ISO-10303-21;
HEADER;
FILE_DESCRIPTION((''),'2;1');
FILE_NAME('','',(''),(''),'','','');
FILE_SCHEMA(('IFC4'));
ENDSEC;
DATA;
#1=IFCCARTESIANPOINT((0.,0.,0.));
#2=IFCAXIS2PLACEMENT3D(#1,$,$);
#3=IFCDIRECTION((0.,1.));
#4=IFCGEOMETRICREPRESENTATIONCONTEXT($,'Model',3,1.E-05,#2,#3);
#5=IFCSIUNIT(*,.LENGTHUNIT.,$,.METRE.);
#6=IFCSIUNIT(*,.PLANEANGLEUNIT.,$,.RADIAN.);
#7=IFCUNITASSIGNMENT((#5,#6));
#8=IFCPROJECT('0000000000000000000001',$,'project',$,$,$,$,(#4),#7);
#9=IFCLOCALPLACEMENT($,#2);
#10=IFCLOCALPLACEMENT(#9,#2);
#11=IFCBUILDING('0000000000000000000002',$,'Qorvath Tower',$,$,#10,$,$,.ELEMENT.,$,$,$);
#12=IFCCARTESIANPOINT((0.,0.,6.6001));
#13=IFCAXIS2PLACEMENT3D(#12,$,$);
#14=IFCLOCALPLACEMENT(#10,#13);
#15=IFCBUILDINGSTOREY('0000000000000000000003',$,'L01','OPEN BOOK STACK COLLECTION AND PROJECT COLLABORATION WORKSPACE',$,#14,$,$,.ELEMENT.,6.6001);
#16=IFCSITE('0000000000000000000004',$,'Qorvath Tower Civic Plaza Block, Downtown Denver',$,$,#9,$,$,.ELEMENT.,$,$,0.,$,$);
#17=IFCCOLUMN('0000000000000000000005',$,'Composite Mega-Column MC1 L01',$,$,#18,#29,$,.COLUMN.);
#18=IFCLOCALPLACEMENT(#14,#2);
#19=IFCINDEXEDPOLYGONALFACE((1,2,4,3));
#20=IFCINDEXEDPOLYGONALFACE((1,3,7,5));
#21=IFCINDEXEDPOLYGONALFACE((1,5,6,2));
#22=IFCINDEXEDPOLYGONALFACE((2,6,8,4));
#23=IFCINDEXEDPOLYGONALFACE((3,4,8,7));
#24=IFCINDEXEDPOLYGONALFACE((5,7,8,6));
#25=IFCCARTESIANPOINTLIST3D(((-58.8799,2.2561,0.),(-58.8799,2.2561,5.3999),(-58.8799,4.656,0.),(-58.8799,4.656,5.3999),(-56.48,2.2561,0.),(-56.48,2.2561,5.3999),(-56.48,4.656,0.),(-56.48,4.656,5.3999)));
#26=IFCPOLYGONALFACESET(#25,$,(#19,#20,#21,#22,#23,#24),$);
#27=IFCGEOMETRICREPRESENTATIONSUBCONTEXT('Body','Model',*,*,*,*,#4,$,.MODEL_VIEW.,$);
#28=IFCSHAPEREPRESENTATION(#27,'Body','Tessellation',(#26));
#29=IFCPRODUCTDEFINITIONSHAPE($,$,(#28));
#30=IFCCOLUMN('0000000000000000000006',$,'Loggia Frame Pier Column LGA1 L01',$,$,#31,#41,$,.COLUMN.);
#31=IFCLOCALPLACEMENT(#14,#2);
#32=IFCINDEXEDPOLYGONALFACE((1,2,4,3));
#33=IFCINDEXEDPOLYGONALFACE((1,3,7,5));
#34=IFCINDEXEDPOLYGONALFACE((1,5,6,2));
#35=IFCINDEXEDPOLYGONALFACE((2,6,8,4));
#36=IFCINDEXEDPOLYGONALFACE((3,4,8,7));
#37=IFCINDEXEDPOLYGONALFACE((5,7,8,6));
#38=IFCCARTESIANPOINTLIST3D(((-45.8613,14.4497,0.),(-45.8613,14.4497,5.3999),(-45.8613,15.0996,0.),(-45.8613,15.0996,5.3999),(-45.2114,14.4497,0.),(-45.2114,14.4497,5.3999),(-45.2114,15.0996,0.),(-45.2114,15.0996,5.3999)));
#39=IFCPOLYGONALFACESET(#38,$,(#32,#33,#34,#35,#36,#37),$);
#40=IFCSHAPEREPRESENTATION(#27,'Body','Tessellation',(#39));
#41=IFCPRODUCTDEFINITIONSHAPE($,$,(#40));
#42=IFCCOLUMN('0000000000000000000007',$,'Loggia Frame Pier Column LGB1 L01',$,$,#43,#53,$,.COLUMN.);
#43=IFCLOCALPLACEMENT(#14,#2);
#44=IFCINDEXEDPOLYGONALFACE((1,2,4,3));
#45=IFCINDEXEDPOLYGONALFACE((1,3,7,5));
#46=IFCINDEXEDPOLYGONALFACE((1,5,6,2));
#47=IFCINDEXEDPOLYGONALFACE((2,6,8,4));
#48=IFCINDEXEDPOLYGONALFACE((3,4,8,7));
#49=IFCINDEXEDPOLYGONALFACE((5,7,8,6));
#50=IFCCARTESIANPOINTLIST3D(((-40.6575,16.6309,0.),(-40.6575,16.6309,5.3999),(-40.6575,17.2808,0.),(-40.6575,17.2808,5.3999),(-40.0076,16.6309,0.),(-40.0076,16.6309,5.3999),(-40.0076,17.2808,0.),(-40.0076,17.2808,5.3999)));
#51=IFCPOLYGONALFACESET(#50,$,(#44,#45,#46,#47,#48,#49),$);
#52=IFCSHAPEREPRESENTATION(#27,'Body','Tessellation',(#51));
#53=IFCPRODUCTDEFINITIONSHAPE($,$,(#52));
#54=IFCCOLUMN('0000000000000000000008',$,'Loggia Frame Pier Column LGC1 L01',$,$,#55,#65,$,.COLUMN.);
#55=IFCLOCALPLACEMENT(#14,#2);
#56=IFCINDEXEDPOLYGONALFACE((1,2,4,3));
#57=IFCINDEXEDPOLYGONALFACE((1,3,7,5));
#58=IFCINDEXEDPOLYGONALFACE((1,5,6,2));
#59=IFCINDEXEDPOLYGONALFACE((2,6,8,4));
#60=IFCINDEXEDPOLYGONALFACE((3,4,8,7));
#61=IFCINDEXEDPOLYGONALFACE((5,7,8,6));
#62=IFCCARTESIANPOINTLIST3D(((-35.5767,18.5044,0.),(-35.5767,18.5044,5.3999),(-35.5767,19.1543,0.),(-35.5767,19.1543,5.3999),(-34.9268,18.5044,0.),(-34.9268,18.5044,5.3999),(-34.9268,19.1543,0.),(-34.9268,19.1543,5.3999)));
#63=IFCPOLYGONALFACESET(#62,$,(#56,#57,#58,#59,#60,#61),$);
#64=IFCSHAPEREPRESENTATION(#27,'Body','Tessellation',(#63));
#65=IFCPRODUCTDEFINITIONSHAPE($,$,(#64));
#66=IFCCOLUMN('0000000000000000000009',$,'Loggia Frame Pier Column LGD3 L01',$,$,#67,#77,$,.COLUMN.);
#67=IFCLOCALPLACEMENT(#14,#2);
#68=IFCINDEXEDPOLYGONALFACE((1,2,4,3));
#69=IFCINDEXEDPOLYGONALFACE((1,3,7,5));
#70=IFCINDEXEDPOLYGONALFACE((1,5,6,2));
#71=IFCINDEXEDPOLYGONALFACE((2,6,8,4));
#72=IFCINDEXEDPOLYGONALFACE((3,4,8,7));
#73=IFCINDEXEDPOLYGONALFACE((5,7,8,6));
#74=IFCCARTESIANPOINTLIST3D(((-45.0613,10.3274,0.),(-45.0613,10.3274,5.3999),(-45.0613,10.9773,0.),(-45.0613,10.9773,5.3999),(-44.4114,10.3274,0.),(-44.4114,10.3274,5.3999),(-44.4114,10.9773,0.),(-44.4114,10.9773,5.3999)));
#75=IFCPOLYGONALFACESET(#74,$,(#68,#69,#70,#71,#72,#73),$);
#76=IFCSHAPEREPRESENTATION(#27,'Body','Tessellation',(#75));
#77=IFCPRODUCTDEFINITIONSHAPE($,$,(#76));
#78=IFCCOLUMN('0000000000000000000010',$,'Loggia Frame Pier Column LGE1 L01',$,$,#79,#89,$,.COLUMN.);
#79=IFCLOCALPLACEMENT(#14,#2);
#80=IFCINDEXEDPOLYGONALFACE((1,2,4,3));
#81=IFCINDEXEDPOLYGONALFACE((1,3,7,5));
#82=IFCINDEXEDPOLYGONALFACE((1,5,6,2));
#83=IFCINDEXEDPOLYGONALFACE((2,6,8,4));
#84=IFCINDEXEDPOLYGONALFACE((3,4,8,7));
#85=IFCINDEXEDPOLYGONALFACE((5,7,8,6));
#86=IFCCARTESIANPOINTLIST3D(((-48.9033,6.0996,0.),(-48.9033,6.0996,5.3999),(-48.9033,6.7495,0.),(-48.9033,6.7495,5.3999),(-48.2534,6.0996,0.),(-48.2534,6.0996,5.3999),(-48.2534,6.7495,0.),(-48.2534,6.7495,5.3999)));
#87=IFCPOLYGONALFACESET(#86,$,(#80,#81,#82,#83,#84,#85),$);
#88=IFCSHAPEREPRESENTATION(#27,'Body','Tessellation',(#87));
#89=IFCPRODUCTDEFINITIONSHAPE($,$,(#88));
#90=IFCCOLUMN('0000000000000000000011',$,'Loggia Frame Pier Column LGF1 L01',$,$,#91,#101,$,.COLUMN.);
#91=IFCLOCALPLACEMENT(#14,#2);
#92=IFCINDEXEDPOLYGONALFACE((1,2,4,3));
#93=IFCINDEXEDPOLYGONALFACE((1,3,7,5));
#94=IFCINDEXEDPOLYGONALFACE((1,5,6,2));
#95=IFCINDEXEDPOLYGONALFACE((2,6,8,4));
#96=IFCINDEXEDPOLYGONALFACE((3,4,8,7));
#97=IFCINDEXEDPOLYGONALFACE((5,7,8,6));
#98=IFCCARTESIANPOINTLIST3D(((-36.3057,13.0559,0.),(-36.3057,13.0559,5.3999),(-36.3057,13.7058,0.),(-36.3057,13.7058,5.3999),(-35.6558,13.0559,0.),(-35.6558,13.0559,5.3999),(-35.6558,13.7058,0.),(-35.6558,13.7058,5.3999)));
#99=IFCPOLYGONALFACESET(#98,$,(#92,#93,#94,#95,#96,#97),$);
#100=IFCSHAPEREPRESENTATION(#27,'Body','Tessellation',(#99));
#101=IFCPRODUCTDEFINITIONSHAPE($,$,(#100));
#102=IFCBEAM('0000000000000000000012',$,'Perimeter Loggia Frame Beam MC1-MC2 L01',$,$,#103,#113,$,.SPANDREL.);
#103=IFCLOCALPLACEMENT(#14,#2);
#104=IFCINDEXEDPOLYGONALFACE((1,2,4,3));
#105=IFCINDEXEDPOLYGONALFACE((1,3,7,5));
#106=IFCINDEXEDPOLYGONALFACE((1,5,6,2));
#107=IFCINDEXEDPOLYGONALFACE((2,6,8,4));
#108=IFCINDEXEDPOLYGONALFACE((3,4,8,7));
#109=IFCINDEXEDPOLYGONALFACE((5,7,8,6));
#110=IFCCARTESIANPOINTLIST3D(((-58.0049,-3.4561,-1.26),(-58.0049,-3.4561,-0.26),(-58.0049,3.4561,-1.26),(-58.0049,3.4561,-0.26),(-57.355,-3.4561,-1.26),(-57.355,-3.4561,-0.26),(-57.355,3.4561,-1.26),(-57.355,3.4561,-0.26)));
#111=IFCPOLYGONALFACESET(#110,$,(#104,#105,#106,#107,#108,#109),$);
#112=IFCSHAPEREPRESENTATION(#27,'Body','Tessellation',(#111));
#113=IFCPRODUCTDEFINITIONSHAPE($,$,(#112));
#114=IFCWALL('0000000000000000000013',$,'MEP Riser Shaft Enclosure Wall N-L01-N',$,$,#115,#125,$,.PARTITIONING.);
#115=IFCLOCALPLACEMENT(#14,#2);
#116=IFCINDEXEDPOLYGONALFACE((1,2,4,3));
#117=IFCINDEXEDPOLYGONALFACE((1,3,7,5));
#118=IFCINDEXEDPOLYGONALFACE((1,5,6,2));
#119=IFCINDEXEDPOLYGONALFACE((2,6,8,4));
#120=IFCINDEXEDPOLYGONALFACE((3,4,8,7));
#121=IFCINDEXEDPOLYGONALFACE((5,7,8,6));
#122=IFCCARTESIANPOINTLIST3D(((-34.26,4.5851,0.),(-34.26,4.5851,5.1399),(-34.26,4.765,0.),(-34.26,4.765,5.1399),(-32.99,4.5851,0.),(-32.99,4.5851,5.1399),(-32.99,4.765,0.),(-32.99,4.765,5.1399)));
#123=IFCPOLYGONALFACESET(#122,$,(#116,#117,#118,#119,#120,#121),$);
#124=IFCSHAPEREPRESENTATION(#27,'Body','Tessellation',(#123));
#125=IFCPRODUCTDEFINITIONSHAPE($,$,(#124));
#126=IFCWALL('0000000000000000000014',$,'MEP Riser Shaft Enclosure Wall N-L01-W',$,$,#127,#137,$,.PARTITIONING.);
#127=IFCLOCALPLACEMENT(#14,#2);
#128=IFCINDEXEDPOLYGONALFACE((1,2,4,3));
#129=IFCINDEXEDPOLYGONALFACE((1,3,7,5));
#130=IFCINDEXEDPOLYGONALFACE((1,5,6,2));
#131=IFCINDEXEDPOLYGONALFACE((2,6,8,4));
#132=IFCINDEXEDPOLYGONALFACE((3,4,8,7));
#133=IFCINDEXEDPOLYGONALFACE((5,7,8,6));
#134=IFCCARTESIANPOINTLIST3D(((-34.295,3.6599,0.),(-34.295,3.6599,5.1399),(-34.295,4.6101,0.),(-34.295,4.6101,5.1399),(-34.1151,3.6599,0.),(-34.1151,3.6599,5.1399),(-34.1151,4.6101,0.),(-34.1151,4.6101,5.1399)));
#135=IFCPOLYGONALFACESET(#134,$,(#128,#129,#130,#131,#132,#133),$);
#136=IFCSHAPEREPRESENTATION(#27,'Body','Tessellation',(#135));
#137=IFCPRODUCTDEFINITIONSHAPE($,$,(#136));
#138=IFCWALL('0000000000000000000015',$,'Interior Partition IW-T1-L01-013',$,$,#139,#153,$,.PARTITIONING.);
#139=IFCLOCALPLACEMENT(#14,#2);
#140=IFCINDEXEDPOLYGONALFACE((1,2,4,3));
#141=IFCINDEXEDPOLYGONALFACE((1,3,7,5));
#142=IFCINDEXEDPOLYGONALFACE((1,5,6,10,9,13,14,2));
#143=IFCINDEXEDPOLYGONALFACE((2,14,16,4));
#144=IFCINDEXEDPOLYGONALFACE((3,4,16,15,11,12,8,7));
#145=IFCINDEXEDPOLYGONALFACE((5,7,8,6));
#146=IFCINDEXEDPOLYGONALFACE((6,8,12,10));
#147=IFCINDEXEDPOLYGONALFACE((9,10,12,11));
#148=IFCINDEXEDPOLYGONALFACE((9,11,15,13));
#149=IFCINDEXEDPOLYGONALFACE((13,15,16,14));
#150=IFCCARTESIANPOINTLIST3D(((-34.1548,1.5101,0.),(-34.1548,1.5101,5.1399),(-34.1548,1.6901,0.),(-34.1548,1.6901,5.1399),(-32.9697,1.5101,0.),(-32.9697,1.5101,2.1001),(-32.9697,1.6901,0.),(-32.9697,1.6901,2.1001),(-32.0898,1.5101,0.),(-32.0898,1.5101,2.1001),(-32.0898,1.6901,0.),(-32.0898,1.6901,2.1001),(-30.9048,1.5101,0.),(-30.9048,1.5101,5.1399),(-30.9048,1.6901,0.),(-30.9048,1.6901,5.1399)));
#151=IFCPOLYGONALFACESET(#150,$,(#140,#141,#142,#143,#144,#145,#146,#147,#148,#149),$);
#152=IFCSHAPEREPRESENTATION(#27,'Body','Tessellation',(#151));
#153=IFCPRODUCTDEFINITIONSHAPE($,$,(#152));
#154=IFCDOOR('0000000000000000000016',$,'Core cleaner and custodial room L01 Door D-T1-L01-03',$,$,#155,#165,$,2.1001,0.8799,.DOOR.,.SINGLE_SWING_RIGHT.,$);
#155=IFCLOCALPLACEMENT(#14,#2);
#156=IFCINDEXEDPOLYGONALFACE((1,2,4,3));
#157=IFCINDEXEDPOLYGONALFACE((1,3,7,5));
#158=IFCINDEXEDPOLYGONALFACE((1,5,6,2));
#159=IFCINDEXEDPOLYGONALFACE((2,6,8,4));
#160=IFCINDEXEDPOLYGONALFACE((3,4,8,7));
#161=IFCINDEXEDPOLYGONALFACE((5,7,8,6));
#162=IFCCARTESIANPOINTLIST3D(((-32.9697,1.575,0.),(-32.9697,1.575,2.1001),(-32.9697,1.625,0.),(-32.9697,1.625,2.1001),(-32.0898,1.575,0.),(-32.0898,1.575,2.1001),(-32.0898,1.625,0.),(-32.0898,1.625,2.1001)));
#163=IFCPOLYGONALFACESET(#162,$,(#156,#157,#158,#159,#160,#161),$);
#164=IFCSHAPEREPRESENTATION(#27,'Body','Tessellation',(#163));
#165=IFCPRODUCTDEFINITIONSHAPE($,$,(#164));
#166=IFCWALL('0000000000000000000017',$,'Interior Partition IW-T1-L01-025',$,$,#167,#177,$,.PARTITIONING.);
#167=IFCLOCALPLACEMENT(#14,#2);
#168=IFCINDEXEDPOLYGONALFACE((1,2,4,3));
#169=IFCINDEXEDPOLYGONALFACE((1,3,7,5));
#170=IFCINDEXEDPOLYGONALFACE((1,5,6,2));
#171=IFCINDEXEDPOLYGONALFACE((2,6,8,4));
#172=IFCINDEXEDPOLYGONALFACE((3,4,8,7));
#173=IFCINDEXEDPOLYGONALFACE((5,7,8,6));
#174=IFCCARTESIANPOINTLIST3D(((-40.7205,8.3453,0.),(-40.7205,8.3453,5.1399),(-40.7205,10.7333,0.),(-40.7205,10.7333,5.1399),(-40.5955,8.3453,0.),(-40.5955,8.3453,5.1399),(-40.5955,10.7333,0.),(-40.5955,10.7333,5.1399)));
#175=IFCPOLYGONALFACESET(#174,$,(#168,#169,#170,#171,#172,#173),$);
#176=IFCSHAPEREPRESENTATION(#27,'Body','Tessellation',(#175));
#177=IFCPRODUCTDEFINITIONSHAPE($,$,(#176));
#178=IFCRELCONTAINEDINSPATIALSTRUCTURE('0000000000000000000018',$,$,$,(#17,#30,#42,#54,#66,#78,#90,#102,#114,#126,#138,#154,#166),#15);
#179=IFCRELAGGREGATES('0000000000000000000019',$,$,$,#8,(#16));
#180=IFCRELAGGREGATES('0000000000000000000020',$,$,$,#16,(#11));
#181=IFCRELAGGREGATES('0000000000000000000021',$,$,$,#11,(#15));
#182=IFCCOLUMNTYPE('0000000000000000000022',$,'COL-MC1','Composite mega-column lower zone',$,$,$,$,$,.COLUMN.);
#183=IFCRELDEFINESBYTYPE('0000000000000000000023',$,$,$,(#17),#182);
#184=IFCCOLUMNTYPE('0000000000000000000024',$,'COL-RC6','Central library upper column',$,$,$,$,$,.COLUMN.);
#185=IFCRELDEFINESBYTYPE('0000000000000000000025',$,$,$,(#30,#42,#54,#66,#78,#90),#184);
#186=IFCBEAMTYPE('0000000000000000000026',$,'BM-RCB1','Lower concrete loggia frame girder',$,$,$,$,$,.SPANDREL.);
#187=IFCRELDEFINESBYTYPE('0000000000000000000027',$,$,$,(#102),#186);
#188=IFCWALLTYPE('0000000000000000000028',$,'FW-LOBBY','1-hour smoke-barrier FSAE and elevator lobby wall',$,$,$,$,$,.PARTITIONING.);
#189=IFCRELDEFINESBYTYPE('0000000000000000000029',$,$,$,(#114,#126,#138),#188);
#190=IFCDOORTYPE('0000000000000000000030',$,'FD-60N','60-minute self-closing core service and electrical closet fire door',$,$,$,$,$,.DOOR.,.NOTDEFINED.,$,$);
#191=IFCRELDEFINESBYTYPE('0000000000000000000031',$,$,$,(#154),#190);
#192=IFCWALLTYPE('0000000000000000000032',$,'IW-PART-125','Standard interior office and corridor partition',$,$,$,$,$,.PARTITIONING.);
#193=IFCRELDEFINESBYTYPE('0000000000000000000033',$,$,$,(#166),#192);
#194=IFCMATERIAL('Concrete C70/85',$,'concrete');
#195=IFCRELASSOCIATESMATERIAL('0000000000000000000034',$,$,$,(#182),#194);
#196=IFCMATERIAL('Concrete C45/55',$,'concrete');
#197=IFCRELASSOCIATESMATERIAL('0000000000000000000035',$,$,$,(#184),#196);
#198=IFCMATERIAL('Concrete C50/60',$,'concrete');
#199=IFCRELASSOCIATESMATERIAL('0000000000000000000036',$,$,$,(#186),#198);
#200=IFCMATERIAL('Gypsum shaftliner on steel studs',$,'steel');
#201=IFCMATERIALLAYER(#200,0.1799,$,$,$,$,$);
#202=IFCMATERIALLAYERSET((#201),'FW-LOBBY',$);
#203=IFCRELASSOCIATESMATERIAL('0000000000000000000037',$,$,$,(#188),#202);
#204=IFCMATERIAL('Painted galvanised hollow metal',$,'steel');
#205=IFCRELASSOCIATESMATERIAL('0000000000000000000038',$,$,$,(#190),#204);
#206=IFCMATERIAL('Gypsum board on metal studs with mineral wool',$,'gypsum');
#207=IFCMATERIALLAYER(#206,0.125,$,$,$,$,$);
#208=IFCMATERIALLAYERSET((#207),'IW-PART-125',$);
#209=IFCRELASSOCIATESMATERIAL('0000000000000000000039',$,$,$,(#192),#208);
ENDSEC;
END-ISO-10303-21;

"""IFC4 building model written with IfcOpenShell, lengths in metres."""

from ifc_helpers import new_model, si_unit, direction, frame, frame_2d, origin, origin_2d, place, context, subcontext, project, spatial, rectangle, extrude, material, layer, layer_set, material_profile, profile_set, type_object, element, fill, save


model = new_model("IFC4")

# Units and contexts
model_context = context("Model", 3, precision=1e-05, world=origin(), true_north=direction((0.0, 1.0)))
body_context = subcontext(model_context, "Body", "Model", "MODEL_VIEW")
ifc_project = project(units=[si_unit("LENGTHUNIT", "METRE"), si_unit("PLANEANGLEUNIT", "RADIAN")], contexts=[model_context])

# Site, building, storey
site_placement = place(None, origin())
site = spatial("IfcSite", under=ifc_project, at=site_placement, Name="Qorvath Tower Civic Plaza Block, Downtown Denver", CompositionType="ELEMENT", RefElevation=0.0)
building_placement = place(site_placement, origin())
building = spatial("IfcBuilding", under=site, at=building_placement, Name="Qorvath Tower", CompositionType="ELEMENT")
storey_placement = place(building_placement, frame((0.0, 0.0, 6.6001)))
storey = spatial("IfcBuildingStorey", under=building, at=storey_placement, Name="L01", Description="OPEN BOOK STACK COLLECTION AND PROJECT COLLABORATION WORKSPACE", CompositionType="ELEMENT", Elevation=6.6001)

# Columns
ifc_material_1 = material(Name="Concrete C70/85", Category="concrete")
ifc_material_profile_1 = material_profile(ifc_material_1, rectangle(XDim=2.3999, YDim=2.3999, at=origin_2d()), Name="MC 2400x2400")
ifc_profile_set_1 = profile_set([ifc_material_profile_1], Name="Concrete C70/85")
column_type_1 = type_object("IfcColumnType", Name="COL-MC1", Description="Composite mega-column lower zone", PredefinedType="COLUMN", material=ifc_profile_set_1)
column_placement = place(storey_placement, frame((-57.6799, 3.4561, 0.0), z_axis=(0.0, 0.0, 1.0), x_axis=(1.0, 0.0, 0.0)))
element("IfcColumn", 1, at=column_placement, inside=storey, type_object=column_type_1, Name="Composite Mega-Column MC1 L01", PredefinedType="COLUMN", context=body_context, shape_type="SweptSolid", body=[
    extrude(rectangle(XDim=2.3999, YDim=2.3999, at=origin_2d()), origin(), (0.0, 0.0, 1.0), 5.3999),
])
ifc_material_2 = material(Name="Concrete C45/55", Category="concrete")
ifc_material_profile_2 = material_profile(ifc_material_2, rectangle(XDim=0.6499, YDim=0.6499, at=origin_2d()), Name="RC 650x650")
ifc_profile_set_2 = profile_set([ifc_material_profile_2], Name="Concrete C45/55")
column_type_2 = type_object("IfcColumnType", Name="COL-RC6", Description="Central library upper column", PredefinedType="COLUMN", material=ifc_profile_set_2)
for number, where, z_axis, x_axis, name in (
    (2, (-45.5364, 14.7747, 0.0), (0.0, 0.0, 1.0), (1.0, 0.0, 0.0), "Loggia Frame Pier Column LGA1 L01"),
    (3, (-40.3325, 16.9558, 0.0), (0.0, 0.0, 1.0), (1.0, 0.0, 0.0), "Loggia Frame Pier Column LGB1 L01"),
    (4, (-35.2517, 18.8293, 0.0), (0.0, 0.0, 1.0), (1.0, 0.0, 0.0), "Loggia Frame Pier Column LGC1 L01"),
    (5, (-44.7363, 10.6523, 0.0), (0.0, 0.0, 1.0), (1.0, 0.0, 0.0), "Loggia Frame Pier Column LGD3 L01"),
    (6, (-48.5784, 6.4246, 0.0), (0.0, 0.0, 1.0), (1.0, 0.0, 0.0), "Loggia Frame Pier Column LGE1 L01"),
    (7, (-35.9807, 13.3809, 0.0), (0.0, 0.0, 1.0), (1.0, 0.0, 0.0), "Loggia Frame Pier Column LGF1 L01"),
):
    element("IfcColumn", number, at=place(storey_placement, frame(where, z_axis=z_axis, x_axis=x_axis)), inside=storey, type_object=column_type_2, Name=name, PredefinedType="COLUMN", context=body_context, shape_type="SweptSolid", body=[
        extrude(rectangle(XDim=0.6499, YDim=0.6499, at=origin_2d()), origin(), (0.0, 0.0, 1.0), 5.3999),
    ])

# Beam
ifc_material_3 = material(Name="Concrete C50/60", Category="concrete")
ifc_material_profile_3 = material_profile(ifc_material_3, rectangle(XDim=0.6499, YDim=1.0, at=origin_2d()), Name="RCB 1000x650")
ifc_profile_set_3 = profile_set([ifc_material_profile_3], Name="Concrete C50/60")
beam_type = type_object("IfcBeamType", Name="BM-RCB1", Description="Lower concrete loggia frame girder", PredefinedType="SPANDREL", material=ifc_profile_set_3)
beam_placement = place(storey_placement, frame((-57.6799, 3.4561, -0.76), z_axis=(0.0, -1.0, 0.0), x_axis=(1.0, 0.0, 0.0)))
element("IfcBeam", 8, at=beam_placement, inside=storey, type_object=beam_type, Name="Perimeter Loggia Frame Beam MC1-MC2 L01", PredefinedType="SPANDREL", context=body_context, shape_type="SweptSolid", body=[
    extrude(rectangle(XDim=0.6499, YDim=1.0, at=origin_2d()), origin(), (0.0, 0.0, 1.0), 6.9121),
])

# Walls
ifc_material_4 = material(Name="Gypsum shaftliner on steel studs", Category="steel")
ifc_layer_1 = layer(ifc_material_4, 0.1799)
ifc_layer_set_1 = layer_set([ifc_layer_1], Name="FW-LOBBY")
wall_type_1 = type_object("IfcWallType", Name="FW-LOBBY", Description="1-hour smoke-barrier FSAE and elevator lobby wall", PredefinedType="PARTITIONING", material=ifc_layer_set_1)
wall_1_placement = place(storey_placement, frame((-34.26, 4.675, 0.0), z_axis=(0.0, 0.0, 1.0), x_axis=(1.0, 0.0, 0.0)))
element("IfcWall", 9, at=wall_1_placement, inside=storey, type_object=wall_type_1, Name="MEP Riser Shaft Enclosure Wall N-L01-N", PredefinedType="PARTITIONING", context=body_context, shape_type="SweptSolid", body=[
    extrude(rectangle(XDim=1.27, YDim=0.1799, at=frame_2d((0.635, 0.0))), origin(), (0.0, 0.0, 1.0), 5.1399),
])
wall_2_placement = place(storey_placement, frame((-34.2051, 3.6599, 0.0), z_axis=(0.0, 0.0, 1.0), x_axis=(0.0, 1.0, 0.0)))
element("IfcWall", 10, at=wall_2_placement, inside=storey, type_object=wall_type_1, Name="MEP Riser Shaft Enclosure Wall N-L01-W", PredefinedType="PARTITIONING", context=body_context, shape_type="SweptSolid", body=[
    extrude(rectangle(XDim=0.9502, YDim=0.1799, at=frame_2d((0.4751, 0.0))), origin(), (0.0, 0.0, 1.0), 5.1399),
])

# Wall, opening, door
wall_3_placement = place(storey_placement, frame((-34.1548, 1.6001, 0.0), z_axis=(0.0, 0.0, 1.0), x_axis=(1.0, 0.0, 0.0)))
wall_3 = element("IfcWall", 11, at=wall_3_placement, inside=storey, type_object=wall_type_1, Name="Interior Partition IW-T1-L01-013", PredefinedType="PARTITIONING", context=body_context, shape_type="SweptSolid", body=[
    extrude(rectangle(XDim=3.25, YDim=0.1799, at=frame_2d((1.625, 0.0))), origin(), (0.0, 0.0, 1.0), 5.1399),
])
opening_1_placement = place(wall_3_placement, frame((1.1851, 0.0, 0.0)))
opening_1 = element("IfcOpeningElement", 12, at=opening_1_placement, cuts=wall_3, PredefinedType="OPENING", context=body_context, shape_type="SweptSolid", body=[
    extrude(rectangle(XDim=0.8799, YDim=2.1001, at=frame_2d((0.4399, 1.05))), frame((0.0, 0.1001, 0.0), z_axis=(0.0, -1.0, 0.0), x_axis=(1.0, 0.0, 0.0)), (0.0, 0.0, 1.0), 0.2),
])
ifc_material_5 = material(Name="Painted galvanised hollow metal", Category="steel")
door_type_1 = type_object("IfcDoorType", Name="FD-60N", Description="60-minute self-closing core service and electrical closet fire door", OperationType="NOTDEFINED", PredefinedType="DOOR", material=ifc_material_5)
door_1_placement = place(opening_1_placement, origin())
door_1 = element("IfcDoor", 13, at=door_1_placement, inside=storey, type_object=door_type_1, Name="Core cleaner and custodial room L01 Door D-T1-L01-03", OperationType="SINGLE_SWING_RIGHT", OverallHeight=2.1001, OverallWidth=0.8799, PredefinedType="DOOR", context=body_context, shape_type="SweptSolid", body=[
    extrude(rectangle(XDim=0.8799, YDim=2.1001, at=frame_2d((0.4399, 1.05))), frame((0.0, 0.0249, 0.0), z_axis=(0.0, -1.0, 0.0), x_axis=(1.0, 0.0, 0.0)), (0.0, 0.0, 1.0), 0.05),
])
fill(opening_1, door_1)

# Wall
ifc_material_6 = material(Name="Gypsum board on metal studs with mineral wool", Category="gypsum")
ifc_layer_2 = layer(ifc_material_6, 0.125)
ifc_layer_set_2 = layer_set([ifc_layer_2], Name="IW-PART-125")
wall_type_2 = type_object("IfcWallType", Name="IW-PART-125", Description="Standard interior office and corridor partition", PredefinedType="PARTITIONING", material=ifc_layer_set_2)
wall_4_placement = place(storey_placement, frame((-40.658, 10.7332, 0.0), z_axis=(0.0, 0.0, 1.0), x_axis=(0.0, -1.0, 0.0)))
element("IfcWall", 14, at=wall_4_placement, inside=storey, type_object=wall_type_2, Name="Interior Partition IW-T1-L01-025", PredefinedType="PARTITIONING", context=body_context, shape_type="SweptSolid", body=[
    extrude(rectangle(XDim=2.3879, YDim=0.125, at=frame_2d((1.1938, 0.0))), origin(), (0.0, 0.0, 1.0), 5.1399),
])

save(model, "model.ifc")
